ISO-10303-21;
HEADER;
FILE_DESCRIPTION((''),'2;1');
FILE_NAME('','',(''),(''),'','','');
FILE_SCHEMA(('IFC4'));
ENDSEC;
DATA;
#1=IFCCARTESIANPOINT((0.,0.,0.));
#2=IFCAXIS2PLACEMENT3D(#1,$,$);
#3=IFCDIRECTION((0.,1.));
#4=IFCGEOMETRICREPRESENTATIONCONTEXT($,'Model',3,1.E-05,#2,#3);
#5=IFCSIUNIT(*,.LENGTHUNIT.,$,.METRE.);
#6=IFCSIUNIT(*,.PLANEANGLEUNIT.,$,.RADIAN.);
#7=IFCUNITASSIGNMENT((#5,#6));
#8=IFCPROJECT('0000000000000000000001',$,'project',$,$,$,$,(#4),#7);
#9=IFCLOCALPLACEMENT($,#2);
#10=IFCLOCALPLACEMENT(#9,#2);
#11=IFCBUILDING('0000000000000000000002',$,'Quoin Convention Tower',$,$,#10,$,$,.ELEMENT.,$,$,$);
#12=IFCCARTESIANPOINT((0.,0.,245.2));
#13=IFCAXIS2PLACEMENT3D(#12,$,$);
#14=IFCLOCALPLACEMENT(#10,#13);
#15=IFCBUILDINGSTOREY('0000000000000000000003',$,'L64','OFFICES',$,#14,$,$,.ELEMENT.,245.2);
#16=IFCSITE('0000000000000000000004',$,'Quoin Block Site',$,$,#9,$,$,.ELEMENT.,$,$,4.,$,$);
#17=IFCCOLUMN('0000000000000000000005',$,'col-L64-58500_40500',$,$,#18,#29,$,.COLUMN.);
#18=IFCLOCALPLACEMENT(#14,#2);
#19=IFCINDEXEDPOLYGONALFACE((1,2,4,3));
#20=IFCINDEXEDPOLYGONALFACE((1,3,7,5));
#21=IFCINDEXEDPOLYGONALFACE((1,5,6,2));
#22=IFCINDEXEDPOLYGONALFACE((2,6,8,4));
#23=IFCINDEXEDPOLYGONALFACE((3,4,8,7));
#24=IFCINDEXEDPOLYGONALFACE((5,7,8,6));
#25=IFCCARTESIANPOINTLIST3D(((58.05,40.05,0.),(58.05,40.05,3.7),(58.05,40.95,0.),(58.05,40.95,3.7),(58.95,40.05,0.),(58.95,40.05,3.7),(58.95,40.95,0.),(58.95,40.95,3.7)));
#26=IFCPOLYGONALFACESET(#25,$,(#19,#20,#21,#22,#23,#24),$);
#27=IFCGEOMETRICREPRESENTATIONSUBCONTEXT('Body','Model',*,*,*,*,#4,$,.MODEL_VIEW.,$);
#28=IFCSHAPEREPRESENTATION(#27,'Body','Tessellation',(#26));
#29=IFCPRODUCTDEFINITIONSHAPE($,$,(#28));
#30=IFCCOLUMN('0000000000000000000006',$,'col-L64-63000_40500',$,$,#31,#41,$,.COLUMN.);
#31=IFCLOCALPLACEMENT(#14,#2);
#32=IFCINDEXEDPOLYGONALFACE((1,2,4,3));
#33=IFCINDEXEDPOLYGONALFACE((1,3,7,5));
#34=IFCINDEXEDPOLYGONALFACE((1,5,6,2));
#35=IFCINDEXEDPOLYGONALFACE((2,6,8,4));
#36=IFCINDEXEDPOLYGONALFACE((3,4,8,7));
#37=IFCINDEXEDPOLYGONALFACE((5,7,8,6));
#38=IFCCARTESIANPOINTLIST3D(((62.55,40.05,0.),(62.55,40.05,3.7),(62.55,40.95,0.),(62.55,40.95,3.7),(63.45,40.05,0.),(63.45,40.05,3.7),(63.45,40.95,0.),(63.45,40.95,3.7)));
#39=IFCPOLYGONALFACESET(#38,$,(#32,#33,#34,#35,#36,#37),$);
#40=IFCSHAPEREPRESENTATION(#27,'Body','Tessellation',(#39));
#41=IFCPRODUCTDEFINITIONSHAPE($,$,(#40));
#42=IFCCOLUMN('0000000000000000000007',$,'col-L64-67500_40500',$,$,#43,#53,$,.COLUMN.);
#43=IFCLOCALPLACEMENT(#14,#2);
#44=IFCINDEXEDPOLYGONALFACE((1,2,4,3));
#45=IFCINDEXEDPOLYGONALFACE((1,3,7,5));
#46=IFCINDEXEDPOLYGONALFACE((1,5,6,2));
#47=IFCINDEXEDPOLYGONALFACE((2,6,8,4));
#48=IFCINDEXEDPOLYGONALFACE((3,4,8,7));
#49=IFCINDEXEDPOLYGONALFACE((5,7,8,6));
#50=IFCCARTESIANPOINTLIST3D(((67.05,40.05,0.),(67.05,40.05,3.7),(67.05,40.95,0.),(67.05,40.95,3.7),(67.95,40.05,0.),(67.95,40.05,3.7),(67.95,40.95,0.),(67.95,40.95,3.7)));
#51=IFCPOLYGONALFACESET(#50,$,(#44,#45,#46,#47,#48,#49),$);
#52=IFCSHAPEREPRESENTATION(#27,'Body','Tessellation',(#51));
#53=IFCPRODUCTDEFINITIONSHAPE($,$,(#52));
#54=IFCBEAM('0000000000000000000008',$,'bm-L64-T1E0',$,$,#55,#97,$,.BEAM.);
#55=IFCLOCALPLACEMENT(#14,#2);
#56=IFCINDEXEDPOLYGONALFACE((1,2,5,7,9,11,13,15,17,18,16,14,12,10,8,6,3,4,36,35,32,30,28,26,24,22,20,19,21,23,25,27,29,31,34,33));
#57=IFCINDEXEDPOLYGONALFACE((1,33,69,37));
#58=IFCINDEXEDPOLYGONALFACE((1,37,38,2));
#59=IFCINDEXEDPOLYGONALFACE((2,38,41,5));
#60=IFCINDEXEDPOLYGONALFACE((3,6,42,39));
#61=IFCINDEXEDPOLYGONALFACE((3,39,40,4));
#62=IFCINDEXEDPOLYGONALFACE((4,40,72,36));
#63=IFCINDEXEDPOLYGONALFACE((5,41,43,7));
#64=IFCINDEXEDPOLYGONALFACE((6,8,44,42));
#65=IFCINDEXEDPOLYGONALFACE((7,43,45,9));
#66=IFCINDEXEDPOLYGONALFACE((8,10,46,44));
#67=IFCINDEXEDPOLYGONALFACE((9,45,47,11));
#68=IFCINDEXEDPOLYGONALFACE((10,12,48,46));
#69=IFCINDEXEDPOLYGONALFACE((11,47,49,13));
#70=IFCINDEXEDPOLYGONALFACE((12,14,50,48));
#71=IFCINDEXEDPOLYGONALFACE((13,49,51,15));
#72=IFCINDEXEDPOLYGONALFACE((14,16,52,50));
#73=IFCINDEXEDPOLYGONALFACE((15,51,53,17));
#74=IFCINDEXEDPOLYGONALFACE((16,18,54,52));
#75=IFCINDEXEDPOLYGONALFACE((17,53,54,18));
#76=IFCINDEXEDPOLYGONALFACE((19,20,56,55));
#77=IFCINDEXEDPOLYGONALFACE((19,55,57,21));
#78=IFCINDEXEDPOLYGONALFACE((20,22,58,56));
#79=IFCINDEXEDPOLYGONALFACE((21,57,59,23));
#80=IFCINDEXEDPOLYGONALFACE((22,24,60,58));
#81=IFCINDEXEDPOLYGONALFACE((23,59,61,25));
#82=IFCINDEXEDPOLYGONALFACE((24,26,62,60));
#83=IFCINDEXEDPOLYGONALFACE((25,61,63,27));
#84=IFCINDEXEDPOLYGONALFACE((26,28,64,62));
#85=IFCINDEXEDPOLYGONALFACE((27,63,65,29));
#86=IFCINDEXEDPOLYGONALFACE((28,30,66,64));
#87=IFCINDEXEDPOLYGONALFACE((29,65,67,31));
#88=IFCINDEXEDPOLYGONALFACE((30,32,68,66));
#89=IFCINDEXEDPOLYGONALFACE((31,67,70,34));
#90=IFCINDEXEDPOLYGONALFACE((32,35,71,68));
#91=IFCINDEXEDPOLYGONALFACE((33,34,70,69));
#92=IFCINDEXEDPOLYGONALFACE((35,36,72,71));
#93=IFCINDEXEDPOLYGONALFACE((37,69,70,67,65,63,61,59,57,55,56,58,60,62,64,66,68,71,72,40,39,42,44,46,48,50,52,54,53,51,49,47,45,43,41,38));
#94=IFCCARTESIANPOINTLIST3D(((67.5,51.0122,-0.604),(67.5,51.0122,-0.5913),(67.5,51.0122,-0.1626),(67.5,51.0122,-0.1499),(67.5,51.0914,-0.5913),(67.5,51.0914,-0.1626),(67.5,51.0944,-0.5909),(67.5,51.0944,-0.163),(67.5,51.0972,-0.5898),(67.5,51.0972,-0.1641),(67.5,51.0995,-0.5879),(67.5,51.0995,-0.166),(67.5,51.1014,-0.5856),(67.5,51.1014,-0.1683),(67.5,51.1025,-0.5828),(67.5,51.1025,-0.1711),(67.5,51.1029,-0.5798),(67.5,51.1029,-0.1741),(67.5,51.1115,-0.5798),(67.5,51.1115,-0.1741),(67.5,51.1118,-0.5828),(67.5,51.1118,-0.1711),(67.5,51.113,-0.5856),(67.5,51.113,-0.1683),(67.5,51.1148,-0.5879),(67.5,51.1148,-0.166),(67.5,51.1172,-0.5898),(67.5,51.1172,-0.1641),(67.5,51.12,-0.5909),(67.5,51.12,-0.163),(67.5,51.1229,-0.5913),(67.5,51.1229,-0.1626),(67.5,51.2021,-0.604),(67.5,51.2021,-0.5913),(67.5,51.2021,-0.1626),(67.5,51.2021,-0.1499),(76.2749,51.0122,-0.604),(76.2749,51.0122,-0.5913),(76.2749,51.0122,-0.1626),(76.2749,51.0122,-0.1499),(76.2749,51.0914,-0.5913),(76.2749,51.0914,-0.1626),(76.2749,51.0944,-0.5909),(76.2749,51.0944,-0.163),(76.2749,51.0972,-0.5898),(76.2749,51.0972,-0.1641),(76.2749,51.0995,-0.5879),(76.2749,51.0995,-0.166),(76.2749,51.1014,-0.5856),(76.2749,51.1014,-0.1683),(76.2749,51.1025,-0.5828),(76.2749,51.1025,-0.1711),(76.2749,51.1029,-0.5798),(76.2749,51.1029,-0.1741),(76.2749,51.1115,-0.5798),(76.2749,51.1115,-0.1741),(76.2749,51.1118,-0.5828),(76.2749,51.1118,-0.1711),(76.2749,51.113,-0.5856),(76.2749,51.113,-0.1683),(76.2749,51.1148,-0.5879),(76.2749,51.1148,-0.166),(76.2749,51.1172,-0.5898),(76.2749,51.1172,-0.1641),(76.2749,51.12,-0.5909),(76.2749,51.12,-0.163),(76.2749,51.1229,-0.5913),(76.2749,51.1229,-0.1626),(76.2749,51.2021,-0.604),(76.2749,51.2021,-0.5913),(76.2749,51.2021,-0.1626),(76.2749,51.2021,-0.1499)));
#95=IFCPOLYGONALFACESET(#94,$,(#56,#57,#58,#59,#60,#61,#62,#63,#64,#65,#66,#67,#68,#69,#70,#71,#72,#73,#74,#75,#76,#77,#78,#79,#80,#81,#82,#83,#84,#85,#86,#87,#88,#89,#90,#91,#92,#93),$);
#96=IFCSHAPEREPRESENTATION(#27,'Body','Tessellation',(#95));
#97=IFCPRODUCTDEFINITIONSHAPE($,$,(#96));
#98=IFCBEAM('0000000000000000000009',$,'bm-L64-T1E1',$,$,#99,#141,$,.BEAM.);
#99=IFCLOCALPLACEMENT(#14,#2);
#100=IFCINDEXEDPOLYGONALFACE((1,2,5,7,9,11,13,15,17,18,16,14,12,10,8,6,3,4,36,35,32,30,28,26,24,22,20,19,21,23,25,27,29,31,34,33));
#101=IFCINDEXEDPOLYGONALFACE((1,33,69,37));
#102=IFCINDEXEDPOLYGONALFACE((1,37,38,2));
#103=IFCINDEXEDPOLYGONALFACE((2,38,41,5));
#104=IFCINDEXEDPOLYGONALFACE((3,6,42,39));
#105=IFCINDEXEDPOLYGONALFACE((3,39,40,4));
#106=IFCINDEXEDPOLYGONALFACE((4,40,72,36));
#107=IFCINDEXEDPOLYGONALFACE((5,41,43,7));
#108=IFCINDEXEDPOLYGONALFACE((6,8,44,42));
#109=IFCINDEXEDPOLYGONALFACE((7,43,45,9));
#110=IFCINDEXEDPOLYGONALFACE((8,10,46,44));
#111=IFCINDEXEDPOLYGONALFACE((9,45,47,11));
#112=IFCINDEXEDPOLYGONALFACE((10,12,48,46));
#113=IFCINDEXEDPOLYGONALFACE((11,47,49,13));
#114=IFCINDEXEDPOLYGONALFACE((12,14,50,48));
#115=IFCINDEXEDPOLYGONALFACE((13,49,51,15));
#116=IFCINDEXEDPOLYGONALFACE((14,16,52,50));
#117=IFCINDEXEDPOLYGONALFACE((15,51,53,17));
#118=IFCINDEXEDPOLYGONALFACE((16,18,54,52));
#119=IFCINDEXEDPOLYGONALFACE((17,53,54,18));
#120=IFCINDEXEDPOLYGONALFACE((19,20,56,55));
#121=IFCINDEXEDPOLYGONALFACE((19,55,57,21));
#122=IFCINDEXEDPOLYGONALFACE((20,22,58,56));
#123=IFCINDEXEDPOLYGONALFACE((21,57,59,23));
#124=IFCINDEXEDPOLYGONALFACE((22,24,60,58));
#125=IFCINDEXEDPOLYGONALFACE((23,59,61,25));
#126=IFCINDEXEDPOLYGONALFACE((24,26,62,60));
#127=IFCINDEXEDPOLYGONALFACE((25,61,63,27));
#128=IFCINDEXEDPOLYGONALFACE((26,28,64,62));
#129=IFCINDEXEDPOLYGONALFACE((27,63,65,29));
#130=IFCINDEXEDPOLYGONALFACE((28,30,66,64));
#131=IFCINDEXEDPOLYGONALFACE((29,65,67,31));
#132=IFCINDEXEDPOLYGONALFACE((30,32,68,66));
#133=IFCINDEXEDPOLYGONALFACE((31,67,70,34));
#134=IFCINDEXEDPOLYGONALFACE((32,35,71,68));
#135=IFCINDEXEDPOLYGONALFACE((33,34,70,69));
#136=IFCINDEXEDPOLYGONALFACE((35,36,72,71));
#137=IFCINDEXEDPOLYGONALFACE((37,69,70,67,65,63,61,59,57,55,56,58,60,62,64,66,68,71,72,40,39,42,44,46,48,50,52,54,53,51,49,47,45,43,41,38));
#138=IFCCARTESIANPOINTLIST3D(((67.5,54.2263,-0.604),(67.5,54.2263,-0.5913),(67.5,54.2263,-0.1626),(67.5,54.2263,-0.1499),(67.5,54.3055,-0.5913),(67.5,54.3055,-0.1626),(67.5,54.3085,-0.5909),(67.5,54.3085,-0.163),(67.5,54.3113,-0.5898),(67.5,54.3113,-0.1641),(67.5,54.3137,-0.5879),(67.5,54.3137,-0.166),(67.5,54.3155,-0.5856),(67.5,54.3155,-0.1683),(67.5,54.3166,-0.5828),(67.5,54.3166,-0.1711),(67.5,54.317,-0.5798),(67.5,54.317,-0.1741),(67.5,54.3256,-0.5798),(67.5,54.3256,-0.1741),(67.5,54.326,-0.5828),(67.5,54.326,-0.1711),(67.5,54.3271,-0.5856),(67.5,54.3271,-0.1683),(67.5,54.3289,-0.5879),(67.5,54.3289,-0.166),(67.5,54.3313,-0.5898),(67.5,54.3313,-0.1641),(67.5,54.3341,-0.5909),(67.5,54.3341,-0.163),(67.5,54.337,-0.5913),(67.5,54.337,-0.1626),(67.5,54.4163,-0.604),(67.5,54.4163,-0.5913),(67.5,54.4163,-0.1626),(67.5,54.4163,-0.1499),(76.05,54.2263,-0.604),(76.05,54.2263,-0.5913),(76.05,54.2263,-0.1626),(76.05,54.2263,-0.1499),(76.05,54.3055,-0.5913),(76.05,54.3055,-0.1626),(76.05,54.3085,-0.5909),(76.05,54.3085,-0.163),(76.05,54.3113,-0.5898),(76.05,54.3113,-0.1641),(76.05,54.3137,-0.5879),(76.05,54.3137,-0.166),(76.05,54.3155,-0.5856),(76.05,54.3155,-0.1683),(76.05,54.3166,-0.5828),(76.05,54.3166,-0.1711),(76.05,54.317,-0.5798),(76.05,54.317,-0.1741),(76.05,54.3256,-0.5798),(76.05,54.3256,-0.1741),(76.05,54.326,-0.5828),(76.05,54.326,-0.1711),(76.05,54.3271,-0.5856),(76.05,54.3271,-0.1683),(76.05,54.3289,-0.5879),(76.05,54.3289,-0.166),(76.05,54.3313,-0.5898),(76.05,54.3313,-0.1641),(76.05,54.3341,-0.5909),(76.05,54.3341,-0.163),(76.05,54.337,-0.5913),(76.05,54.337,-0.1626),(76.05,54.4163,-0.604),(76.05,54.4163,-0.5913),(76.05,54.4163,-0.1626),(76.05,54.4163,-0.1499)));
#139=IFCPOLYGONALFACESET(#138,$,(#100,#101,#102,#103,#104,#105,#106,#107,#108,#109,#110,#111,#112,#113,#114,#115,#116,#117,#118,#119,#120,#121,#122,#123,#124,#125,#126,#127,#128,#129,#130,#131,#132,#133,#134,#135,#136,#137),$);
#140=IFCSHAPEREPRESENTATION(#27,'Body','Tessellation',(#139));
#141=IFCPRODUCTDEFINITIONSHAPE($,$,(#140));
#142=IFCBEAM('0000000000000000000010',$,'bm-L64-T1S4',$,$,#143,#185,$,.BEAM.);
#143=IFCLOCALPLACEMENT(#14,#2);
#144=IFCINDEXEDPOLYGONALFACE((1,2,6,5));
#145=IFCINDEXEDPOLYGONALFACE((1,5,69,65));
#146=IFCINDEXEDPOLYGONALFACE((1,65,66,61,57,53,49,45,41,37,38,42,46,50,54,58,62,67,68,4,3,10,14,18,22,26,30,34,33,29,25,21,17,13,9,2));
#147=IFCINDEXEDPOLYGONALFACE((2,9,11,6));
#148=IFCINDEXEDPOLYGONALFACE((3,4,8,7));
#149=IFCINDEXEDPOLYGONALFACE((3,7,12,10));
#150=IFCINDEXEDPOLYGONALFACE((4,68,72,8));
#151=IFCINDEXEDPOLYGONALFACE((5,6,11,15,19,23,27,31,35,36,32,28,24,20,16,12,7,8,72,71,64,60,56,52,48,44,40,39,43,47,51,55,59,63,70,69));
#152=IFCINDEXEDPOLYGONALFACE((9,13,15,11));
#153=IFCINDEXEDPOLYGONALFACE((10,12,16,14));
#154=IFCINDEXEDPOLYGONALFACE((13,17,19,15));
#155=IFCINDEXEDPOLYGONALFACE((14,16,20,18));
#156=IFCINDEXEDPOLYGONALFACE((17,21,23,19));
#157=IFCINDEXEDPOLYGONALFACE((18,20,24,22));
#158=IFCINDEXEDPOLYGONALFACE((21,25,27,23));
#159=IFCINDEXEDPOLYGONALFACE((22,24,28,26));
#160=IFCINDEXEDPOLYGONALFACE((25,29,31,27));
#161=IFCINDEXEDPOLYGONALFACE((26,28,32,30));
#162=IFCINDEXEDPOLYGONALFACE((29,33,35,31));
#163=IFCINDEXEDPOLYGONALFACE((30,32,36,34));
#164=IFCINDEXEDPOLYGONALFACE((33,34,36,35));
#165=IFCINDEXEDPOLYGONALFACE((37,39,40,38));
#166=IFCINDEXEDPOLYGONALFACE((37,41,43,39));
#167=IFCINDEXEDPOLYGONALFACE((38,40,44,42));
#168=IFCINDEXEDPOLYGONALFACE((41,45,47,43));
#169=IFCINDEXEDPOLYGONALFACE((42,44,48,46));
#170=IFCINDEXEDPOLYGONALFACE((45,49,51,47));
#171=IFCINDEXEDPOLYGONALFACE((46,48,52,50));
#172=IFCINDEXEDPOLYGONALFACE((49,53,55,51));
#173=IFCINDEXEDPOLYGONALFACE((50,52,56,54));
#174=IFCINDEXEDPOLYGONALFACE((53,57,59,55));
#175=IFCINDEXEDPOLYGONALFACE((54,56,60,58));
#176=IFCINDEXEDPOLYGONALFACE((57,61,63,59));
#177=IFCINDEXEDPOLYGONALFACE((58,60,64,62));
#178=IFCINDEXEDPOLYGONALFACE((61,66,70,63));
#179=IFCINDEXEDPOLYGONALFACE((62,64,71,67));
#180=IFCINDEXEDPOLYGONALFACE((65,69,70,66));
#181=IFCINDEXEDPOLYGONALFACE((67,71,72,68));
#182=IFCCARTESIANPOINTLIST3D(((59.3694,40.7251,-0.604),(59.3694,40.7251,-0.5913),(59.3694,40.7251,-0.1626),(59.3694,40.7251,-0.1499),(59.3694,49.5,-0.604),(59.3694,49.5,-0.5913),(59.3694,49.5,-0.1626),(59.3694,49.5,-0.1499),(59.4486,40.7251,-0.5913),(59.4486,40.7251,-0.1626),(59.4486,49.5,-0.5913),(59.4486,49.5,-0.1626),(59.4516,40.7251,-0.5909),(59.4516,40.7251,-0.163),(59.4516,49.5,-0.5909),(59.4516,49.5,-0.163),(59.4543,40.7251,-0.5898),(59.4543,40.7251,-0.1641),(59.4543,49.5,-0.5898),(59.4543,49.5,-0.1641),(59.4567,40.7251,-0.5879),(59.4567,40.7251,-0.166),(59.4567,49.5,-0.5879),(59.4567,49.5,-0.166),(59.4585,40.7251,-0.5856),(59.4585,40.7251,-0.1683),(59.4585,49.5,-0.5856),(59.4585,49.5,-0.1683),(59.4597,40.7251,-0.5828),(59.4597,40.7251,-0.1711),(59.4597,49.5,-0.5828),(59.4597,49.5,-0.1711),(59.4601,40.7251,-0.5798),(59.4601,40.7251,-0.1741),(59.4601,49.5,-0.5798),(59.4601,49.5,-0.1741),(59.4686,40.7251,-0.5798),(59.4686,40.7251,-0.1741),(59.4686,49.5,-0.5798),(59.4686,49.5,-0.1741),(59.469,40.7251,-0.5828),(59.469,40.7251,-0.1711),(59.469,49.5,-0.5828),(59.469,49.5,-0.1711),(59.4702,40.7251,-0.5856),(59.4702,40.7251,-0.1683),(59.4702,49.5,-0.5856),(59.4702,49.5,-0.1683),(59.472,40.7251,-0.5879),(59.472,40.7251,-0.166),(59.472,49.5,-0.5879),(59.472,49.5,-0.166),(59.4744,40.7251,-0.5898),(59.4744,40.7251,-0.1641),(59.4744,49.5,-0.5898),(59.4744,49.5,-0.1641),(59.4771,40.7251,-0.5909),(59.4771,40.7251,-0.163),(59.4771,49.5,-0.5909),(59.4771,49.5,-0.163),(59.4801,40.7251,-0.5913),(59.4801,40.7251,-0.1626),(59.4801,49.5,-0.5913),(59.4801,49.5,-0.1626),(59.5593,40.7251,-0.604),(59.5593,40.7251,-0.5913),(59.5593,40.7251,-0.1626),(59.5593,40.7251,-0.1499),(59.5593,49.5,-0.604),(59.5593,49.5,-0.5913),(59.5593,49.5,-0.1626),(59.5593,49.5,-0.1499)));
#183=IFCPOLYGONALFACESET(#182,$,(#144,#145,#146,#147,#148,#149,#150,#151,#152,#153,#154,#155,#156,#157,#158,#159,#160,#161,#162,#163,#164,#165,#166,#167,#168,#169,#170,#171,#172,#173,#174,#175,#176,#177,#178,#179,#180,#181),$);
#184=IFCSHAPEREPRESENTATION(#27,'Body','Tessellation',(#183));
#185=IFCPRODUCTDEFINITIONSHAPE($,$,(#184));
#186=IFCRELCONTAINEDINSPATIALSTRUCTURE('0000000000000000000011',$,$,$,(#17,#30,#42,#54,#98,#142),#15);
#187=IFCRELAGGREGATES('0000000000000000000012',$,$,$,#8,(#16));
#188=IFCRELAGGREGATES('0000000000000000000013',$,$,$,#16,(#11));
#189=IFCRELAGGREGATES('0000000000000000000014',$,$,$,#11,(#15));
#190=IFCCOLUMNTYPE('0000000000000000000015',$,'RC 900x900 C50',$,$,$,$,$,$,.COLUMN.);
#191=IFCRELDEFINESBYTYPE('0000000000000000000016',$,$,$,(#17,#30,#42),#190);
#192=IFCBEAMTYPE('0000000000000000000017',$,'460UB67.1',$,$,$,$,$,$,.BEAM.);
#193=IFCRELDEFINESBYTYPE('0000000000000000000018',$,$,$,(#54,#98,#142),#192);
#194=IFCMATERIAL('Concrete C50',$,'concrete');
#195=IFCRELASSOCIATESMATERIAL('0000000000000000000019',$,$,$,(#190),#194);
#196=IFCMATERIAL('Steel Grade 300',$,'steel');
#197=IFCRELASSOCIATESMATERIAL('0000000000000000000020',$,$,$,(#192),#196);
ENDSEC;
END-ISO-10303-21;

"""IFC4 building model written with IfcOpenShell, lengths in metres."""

from ifc_helpers import new_model, si_unit, direction, frame, origin, origin_2d, place, context, subcontext, project, spatial, rectangle, i_section, extrude, material, material_profile, profile_set, type_object, element, save


model = new_model("IFC4")

# Units and contexts
model_context = context("Model", 3, precision=1e-05, world=origin(), true_north=direction((0.0, 1.0)))
body_context = subcontext(model_context, "Body", "Model", "MODEL_VIEW")
ifc_project = project(units=[si_unit("LENGTHUNIT", "METRE"), si_unit("PLANEANGLEUNIT", "RADIAN")], contexts=[model_context])

# Site, building, storey
site_placement = place(None, origin())
site = spatial("IfcSite", under=ifc_project, at=site_placement, Name="Quoin Block Site", CompositionType="ELEMENT", RefElevation=4.0)
building_placement = place(site_placement, origin())
building = spatial("IfcBuilding", under=site, at=building_placement, Name="Quoin Convention Tower", CompositionType="ELEMENT")
storey_placement = place(building_placement, frame((0.0, 0.0, 245.2)))
storey = spatial("IfcBuildingStorey", under=building, at=storey_placement, Name="L64", Description="OFFICES", CompositionType="ELEMENT", Elevation=245.2)

# Columns
ifc_material_1 = material(Name="Concrete C50", Category="concrete")
ifc_material_profile_1 = material_profile(ifc_material_1, rectangle(XDim=0.8999, YDim=0.8999, at=origin_2d()), Name="RC 900x900")
ifc_profile_set_1 = profile_set([ifc_material_profile_1], Name="Concrete C50")
column_type = type_object("IfcColumnType", Name="RC 900x900 C50", PredefinedType="COLUMN", material=ifc_profile_set_1)
for number, where, z_axis, x_axis, name in (
    (1, (58.5, 40.5, 0.0), (0.0, 0.0, 1.0), (1.0, 0.0, 0.0), "col-L64-58500_40500"),
    (2, (63.0, 40.5, 0.0), (0.0, 0.0, 1.0), (1.0, 0.0, 0.0), "col-L64-63000_40500"),
    (3, (67.5, 40.5, 0.0), (0.0, 0.0, 1.0), (1.0, 0.0, 0.0), "col-L64-67500_40500"),
):
    element("IfcColumn", number, at=place(storey_placement, frame(where, z_axis=z_axis, x_axis=x_axis)), inside=storey, type_object=column_type, Name=name, PredefinedType="COLUMN", context=body_context, shape_type="SweptSolid", body=[
        extrude(rectangle(XDim=0.8999, YDim=0.8999, at=origin_2d()), origin(), (0.0, 0.0, 1.0), 3.7),
    ])

# Beams
ifc_material_2 = material(Name="Steel Grade 300", Category="steel")
ifc_material_profile_2 = material_profile(ifc_material_2, i_section(OverallWidth=0.1899, OverallDepth=0.4541, WebThickness=0.0085, FlangeThickness=0.0127, FilletRadius=0.0115, at=origin_2d()), Name="460UB67.1")
ifc_profile_set_2 = profile_set([ifc_material_profile_2], Name="Steel Grade 300")
beam_type_1 = type_object("IfcBeamType", Name="460UB67.1", PredefinedType="BEAM", material=ifc_profile_set_2)
beam_1_placement = place(storey_placement, frame((67.5, 51.1072, -0.377), z_axis=(1.0, 0.0, 0.0), x_axis=(0.0, 1.0, 0.0)))
element("IfcBeam", 4, at=beam_1_placement, inside=storey, type_object=beam_type_1, Name="bm-L64-T1E0", PredefinedType="BEAM", context=body_context, shape_type="SweptSolid", body=[
    extrude(i_section(OverallWidth=0.1899, OverallDepth=0.4541, WebThickness=0.0085, FlangeThickness=0.0127, FilletRadius=0.0115, at=origin_2d()), origin(), (0.0, 0.0, 1.0), 8.7749),
])
beam_2_placement = place(storey_placement, frame((67.5, 54.3213, -0.377), z_axis=(1.0, 0.0, 0.0), x_axis=(0.0, 1.0, 0.0)))
element("IfcBeam", 5, at=beam_2_placement, inside=storey, type_object=beam_type_1, Name="bm-L64-T1E1", PredefinedType="BEAM", context=body_context, shape_type="SweptSolid", body=[
    extrude(i_section(OverallWidth=0.1899, OverallDepth=0.4541, WebThickness=0.0085, FlangeThickness=0.0127, FilletRadius=0.0115, at=origin_2d()), origin(), (0.0, 0.0, 1.0), 8.55),
])
beam_3_placement = place(storey_placement, frame((59.4644, 40.7251, -0.377), z_axis=(0.0, 1.0, 0.0), x_axis=(-1.0, 0.0, 0.0)))
element("IfcBeam", 6, at=beam_3_placement, inside=storey, type_object=beam_type_1, Name="bm-L64-T1S4", PredefinedType="BEAM", context=body_context, shape_type="SweptSolid", body=[
    extrude(i_section(OverallWidth=0.1899, OverallDepth=0.4541, WebThickness=0.0085, FlangeThickness=0.0127, FilletRadius=0.0115, at=origin_2d()), origin(), (0.0, 0.0, 1.0), 8.7749),
])

save(model, "model.ifc")
